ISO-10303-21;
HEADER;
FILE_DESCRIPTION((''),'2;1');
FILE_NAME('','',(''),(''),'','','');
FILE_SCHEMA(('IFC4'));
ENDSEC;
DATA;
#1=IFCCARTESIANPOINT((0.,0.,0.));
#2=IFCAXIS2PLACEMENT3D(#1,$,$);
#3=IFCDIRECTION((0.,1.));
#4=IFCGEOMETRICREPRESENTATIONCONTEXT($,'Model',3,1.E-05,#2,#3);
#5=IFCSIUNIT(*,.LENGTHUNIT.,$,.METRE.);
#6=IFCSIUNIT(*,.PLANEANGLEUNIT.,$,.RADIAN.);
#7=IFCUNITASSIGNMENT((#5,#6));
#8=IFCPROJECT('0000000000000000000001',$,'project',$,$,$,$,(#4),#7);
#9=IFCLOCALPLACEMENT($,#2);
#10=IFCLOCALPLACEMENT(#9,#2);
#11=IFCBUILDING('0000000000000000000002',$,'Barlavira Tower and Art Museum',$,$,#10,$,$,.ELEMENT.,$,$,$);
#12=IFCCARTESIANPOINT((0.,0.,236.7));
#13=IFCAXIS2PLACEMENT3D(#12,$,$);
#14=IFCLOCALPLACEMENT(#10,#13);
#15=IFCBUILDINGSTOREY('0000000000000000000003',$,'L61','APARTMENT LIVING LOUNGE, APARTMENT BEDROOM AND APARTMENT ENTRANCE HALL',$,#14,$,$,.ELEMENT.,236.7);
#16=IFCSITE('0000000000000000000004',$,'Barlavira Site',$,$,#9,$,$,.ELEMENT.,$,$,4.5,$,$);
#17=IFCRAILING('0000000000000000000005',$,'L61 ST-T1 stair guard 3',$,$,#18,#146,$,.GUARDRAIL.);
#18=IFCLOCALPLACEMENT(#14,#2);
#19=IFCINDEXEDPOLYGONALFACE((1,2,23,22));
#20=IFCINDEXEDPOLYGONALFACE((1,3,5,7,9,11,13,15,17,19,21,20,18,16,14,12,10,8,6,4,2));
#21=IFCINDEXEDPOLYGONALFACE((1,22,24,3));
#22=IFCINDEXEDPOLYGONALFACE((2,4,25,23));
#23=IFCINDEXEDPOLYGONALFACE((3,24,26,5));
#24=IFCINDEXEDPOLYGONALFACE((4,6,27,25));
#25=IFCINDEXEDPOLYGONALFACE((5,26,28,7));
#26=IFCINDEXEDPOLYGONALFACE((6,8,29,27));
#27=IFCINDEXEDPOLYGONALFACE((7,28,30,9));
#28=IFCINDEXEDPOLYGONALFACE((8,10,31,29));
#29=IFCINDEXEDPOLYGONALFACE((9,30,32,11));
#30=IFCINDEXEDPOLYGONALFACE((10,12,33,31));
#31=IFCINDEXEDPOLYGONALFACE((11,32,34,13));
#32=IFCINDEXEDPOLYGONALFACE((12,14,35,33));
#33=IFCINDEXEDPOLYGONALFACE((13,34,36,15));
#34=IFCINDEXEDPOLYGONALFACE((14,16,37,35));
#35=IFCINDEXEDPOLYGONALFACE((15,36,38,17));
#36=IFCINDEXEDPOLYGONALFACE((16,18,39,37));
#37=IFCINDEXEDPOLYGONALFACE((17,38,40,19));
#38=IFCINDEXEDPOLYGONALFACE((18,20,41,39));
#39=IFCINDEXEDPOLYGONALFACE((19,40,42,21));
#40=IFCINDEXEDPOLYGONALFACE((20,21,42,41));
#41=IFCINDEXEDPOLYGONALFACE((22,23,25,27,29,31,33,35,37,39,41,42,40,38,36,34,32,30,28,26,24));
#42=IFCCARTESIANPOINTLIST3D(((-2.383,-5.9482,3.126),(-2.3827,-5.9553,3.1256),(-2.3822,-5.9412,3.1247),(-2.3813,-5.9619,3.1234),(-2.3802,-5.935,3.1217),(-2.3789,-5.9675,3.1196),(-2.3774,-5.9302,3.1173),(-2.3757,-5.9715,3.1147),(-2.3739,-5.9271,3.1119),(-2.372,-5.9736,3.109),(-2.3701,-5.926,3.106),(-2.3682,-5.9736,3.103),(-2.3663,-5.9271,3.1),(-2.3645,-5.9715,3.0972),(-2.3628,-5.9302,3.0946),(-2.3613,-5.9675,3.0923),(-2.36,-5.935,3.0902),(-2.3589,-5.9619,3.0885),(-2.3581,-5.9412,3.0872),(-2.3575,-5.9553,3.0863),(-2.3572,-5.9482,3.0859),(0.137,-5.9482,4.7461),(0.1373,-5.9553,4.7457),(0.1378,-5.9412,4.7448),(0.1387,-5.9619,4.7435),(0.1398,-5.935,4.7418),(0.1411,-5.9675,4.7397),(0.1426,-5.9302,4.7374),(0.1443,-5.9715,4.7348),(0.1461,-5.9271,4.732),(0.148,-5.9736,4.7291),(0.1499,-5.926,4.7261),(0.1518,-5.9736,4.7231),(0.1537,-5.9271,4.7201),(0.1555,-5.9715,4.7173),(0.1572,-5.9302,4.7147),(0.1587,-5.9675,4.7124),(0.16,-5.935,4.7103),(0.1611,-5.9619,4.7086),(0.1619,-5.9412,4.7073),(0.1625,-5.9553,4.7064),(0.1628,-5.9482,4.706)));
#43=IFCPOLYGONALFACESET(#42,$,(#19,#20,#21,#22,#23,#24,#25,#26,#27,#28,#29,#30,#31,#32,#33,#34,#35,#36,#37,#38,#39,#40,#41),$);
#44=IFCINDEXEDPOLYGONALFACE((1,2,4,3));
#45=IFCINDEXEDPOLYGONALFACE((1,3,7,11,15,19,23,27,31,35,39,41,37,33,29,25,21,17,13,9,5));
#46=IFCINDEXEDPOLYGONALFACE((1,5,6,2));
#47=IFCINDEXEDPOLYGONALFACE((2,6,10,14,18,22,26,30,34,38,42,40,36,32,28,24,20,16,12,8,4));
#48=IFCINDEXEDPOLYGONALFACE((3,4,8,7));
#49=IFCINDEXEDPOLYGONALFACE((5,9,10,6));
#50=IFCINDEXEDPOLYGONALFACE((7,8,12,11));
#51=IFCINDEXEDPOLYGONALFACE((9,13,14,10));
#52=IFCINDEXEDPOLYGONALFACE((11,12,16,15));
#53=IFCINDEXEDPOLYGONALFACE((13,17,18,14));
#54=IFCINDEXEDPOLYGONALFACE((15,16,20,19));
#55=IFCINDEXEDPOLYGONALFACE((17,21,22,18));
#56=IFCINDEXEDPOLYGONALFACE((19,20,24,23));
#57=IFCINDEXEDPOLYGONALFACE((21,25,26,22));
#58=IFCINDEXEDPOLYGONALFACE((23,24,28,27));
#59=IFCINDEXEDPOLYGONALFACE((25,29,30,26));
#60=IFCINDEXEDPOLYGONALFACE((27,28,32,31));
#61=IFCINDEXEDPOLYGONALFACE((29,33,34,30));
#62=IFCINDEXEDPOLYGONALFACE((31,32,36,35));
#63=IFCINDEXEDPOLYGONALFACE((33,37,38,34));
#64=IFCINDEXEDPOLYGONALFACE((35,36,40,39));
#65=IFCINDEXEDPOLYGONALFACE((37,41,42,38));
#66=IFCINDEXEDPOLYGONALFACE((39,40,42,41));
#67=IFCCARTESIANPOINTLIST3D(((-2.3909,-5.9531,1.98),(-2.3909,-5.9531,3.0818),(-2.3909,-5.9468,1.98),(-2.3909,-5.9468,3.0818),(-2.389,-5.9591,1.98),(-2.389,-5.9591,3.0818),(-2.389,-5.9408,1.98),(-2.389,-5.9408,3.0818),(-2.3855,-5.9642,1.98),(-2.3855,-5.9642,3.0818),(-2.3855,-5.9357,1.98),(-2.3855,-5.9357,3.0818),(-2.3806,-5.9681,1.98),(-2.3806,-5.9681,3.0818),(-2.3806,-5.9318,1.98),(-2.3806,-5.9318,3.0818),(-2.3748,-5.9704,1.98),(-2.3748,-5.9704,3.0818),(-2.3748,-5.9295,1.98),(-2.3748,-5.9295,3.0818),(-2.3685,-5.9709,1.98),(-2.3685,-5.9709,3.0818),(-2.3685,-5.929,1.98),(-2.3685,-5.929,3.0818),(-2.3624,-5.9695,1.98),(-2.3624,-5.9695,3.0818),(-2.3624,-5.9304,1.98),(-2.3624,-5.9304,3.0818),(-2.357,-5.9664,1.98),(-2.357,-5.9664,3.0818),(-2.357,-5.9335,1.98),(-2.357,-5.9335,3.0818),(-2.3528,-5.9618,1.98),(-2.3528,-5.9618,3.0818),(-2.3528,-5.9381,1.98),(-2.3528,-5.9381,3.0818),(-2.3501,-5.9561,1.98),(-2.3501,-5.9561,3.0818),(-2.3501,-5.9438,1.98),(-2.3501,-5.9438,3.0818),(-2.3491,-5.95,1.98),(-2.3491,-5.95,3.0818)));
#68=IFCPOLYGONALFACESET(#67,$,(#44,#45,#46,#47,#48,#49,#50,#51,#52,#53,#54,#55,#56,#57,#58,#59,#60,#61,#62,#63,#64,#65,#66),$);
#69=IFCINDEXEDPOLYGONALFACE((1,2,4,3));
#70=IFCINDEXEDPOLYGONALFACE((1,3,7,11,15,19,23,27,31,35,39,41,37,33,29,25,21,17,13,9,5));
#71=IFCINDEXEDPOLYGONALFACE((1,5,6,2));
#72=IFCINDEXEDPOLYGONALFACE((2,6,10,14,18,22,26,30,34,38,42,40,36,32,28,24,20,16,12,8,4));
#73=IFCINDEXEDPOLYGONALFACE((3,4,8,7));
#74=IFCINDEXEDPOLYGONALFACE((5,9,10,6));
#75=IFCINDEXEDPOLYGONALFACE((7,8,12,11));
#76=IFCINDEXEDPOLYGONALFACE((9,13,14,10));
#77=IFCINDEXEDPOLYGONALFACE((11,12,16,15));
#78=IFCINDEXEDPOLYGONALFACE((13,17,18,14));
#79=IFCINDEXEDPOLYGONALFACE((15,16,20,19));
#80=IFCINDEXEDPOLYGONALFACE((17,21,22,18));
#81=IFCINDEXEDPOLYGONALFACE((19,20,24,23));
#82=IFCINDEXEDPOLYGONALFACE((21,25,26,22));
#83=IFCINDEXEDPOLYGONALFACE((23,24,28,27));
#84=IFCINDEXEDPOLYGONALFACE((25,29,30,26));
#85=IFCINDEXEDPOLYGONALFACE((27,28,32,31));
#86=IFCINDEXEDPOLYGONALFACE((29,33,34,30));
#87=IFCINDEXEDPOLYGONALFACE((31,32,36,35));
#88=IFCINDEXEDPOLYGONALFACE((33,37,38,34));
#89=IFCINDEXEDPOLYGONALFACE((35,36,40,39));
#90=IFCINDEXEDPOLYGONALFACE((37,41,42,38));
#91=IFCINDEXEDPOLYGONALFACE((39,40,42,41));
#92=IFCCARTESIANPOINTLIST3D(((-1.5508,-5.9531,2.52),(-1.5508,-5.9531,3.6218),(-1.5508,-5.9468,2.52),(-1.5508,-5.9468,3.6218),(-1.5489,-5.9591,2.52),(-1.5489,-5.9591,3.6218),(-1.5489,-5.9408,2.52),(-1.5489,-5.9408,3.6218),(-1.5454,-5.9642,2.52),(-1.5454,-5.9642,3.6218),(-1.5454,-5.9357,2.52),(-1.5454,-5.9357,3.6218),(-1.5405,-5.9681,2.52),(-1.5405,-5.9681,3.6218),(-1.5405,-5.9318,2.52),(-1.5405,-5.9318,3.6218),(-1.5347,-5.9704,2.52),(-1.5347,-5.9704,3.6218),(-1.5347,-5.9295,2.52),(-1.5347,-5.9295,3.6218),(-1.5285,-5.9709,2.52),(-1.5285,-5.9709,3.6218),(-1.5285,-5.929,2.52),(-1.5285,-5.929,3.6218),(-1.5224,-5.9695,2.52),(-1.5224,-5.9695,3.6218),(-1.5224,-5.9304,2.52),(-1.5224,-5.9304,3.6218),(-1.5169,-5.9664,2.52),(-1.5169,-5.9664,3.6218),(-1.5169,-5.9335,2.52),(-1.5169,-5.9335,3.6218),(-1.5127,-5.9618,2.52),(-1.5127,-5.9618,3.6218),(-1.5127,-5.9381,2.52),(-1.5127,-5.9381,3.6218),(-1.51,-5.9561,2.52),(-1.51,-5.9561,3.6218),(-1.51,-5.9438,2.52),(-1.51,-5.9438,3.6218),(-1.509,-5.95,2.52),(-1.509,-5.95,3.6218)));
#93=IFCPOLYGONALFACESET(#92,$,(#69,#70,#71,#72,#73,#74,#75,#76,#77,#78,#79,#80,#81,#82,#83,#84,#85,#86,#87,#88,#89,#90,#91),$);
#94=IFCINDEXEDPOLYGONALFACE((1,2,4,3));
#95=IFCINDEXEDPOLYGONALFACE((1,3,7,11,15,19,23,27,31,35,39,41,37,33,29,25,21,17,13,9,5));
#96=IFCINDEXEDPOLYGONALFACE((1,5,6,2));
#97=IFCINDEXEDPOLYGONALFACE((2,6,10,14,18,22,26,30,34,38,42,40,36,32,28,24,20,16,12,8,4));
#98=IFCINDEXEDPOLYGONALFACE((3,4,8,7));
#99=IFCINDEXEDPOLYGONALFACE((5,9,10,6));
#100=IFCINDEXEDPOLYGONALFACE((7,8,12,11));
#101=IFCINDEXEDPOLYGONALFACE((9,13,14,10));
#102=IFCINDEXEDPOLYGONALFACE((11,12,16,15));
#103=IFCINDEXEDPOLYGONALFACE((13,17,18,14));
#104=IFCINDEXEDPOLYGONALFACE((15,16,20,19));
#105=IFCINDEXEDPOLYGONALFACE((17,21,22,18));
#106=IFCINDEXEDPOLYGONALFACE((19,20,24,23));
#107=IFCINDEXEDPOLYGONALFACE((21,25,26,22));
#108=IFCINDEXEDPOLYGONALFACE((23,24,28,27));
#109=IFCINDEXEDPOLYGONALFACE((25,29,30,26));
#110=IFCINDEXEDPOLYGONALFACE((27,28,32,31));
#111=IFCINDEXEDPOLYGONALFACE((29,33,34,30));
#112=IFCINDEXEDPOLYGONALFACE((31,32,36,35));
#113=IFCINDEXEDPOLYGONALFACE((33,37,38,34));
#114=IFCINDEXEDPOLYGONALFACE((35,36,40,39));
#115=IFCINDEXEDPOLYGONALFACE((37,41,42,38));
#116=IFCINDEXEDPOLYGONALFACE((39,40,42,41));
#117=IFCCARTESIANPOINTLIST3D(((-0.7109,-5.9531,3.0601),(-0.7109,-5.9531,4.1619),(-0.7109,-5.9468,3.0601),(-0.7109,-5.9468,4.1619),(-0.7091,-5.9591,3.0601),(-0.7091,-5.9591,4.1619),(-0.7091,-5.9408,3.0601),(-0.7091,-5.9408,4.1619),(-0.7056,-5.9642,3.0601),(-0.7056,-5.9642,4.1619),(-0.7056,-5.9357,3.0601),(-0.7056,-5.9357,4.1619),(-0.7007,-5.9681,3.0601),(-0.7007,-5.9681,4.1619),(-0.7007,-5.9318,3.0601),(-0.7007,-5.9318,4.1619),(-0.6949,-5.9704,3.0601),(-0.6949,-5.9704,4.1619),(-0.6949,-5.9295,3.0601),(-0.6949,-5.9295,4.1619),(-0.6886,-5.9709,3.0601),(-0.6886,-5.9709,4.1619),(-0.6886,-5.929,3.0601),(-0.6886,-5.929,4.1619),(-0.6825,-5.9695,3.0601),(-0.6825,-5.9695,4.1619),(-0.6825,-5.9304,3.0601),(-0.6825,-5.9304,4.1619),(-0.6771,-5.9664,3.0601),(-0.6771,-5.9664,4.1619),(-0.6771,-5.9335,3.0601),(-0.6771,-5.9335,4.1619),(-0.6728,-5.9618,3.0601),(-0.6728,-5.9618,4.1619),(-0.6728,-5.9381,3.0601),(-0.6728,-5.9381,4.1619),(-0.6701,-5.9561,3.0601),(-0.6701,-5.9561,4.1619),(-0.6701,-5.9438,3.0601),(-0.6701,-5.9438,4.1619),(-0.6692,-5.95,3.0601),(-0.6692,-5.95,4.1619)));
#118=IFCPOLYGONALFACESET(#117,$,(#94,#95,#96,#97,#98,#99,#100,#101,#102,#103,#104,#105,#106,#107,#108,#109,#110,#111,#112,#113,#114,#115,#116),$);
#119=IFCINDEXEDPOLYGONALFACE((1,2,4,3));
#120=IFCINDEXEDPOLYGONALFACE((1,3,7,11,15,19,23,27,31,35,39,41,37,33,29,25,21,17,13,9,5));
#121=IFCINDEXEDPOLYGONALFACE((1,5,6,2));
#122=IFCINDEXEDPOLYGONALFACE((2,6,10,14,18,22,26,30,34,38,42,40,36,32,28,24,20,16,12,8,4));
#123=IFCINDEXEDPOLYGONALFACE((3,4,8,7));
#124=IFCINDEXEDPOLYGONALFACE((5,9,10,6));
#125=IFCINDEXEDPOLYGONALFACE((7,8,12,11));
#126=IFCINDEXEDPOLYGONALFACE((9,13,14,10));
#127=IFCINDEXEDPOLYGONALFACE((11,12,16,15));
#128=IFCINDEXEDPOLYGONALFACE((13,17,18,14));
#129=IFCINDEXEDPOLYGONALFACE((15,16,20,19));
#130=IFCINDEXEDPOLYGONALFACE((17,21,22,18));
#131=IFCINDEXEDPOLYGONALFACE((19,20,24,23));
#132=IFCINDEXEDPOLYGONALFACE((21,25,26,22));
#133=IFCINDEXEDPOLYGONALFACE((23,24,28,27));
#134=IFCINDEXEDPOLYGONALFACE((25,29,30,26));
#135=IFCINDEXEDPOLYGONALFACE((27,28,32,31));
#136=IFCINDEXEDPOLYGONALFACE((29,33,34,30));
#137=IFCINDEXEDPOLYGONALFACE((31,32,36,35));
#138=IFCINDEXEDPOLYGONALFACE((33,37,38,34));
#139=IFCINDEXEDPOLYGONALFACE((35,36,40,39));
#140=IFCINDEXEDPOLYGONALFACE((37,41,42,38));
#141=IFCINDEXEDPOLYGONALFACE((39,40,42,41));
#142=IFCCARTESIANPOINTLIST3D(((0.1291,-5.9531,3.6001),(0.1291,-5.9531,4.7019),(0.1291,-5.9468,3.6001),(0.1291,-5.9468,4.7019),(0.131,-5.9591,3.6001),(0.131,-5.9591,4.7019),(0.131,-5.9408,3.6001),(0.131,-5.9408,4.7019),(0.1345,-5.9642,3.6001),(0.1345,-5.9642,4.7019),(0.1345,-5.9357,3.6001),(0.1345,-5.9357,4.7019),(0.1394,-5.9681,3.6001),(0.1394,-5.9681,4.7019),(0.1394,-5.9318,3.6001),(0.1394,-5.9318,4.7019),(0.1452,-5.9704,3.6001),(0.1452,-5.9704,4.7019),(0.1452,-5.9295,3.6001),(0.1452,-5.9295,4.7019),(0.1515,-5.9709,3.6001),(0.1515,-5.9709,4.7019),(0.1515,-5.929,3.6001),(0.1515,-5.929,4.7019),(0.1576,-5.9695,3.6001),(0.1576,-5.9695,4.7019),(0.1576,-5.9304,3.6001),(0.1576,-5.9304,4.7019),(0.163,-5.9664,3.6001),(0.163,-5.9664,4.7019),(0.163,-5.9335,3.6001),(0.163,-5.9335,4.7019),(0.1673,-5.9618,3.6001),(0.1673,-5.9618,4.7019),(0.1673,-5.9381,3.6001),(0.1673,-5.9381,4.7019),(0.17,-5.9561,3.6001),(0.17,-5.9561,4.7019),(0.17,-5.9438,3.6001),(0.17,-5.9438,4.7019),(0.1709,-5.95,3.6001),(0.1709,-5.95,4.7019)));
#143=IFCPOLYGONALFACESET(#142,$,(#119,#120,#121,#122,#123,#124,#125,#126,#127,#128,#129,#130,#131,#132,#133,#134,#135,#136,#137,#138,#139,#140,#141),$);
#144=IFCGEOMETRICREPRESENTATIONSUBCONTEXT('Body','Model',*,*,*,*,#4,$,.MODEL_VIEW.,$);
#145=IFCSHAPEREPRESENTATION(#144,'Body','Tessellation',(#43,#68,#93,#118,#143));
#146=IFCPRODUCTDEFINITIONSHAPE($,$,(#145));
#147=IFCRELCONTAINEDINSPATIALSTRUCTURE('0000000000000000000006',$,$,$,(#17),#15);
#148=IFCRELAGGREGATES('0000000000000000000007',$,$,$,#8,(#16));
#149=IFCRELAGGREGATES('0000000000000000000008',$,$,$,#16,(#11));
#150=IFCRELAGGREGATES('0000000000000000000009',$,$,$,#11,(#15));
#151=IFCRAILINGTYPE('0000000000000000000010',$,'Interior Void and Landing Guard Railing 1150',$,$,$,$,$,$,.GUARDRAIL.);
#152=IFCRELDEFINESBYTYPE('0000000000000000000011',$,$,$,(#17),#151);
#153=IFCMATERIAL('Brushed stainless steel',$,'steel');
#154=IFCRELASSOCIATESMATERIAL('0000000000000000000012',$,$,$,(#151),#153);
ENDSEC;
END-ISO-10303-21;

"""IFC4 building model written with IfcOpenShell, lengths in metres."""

from ifc_helpers import new_model, si_unit, direction, frame, origin, origin_2d, place, context, subcontext, project, spatial, circle, extrude, material, type_object, element, save


model = new_model("IFC4")

# Units and contexts
model_context = context("Model", 3, precision=1e-05, world=origin(), true_north=direction((0.0, 1.0)))
body_context = subcontext(model_context, "Body", "Model", "MODEL_VIEW")
ifc_project = project(units=[si_unit("LENGTHUNIT", "METRE"), si_unit("PLANEANGLEUNIT", "RADIAN")], contexts=[model_context])

# Site, building, storey
site_placement = place(None, origin())
site = spatial("IfcSite", under=ifc_project, at=site_placement, Name="Barlavira Site", CompositionType="ELEMENT", RefElevation=4.5)
building_placement = place(site_placement, origin())
building = spatial("IfcBuilding", under=site, at=building_placement, Name="Barlavira Tower and Art Museum", CompositionType="ELEMENT")
storey_placement = place(building_placement, frame((0.0, 0.0, 236.7)))
storey = spatial("IfcBuildingStorey", under=building, at=storey_placement, Name="L61", Description="APARTMENT LIVING LOUNGE, APARTMENT BEDROOM AND APARTMENT ENTRANCE HALL", CompositionType="ELEMENT", Elevation=236.7)

# Shared definitions
ifc_material_1 = material(Name="Brushed stainless steel", Category="steel")

# Railing
railing_type_1 = type_object("IfcRailingType", Name="Interior Void and Landing Guard Railing 1150", PredefinedType="GUARDRAIL", material=ifc_material_1)
railing_1_placement = place(storey_placement, frame((-2.3701, -5.95, 1.98)))
element("IfcRailing", 1, at=railing_1_placement, inside=storey, type_object=railing_type_1, Name="L61 ST-T1 stair guard 3", PredefinedType="GUARDRAIL", context=body_context, shape_type="SweptSolid", body=[
    extrude(circle(Radius=0.0239, at=origin_2d()), frame((0.0, 0.0, 1.126), z_axis=(0.841163, 0.0, 0.540782), x_axis=(0.0, 1.0, 0.0)), (0.0, 0.0, 1.0), 2.9958),
    extrude(circle(Radius=0.021, at=origin_2d()), origin(), (0.0, 0.0, 1.0), 1.1018),
    extrude(circle(Radius=0.021, at=origin_2d()), frame((0.8401, 0.0, 0.54)), (0.0, 0.0, 1.0), 1.1018),
    extrude(circle(Radius=0.021, at=origin_2d()), frame((1.6799, 0.0, 1.0801)), (0.0, 0.0, 1.0), 1.1018),
    extrude(circle(Radius=0.021, at=origin_2d()), frame((2.52, 0.0, 1.6201)), (0.0, 0.0, 1.0), 1.1018),
])

save(model, "model.ifc")
